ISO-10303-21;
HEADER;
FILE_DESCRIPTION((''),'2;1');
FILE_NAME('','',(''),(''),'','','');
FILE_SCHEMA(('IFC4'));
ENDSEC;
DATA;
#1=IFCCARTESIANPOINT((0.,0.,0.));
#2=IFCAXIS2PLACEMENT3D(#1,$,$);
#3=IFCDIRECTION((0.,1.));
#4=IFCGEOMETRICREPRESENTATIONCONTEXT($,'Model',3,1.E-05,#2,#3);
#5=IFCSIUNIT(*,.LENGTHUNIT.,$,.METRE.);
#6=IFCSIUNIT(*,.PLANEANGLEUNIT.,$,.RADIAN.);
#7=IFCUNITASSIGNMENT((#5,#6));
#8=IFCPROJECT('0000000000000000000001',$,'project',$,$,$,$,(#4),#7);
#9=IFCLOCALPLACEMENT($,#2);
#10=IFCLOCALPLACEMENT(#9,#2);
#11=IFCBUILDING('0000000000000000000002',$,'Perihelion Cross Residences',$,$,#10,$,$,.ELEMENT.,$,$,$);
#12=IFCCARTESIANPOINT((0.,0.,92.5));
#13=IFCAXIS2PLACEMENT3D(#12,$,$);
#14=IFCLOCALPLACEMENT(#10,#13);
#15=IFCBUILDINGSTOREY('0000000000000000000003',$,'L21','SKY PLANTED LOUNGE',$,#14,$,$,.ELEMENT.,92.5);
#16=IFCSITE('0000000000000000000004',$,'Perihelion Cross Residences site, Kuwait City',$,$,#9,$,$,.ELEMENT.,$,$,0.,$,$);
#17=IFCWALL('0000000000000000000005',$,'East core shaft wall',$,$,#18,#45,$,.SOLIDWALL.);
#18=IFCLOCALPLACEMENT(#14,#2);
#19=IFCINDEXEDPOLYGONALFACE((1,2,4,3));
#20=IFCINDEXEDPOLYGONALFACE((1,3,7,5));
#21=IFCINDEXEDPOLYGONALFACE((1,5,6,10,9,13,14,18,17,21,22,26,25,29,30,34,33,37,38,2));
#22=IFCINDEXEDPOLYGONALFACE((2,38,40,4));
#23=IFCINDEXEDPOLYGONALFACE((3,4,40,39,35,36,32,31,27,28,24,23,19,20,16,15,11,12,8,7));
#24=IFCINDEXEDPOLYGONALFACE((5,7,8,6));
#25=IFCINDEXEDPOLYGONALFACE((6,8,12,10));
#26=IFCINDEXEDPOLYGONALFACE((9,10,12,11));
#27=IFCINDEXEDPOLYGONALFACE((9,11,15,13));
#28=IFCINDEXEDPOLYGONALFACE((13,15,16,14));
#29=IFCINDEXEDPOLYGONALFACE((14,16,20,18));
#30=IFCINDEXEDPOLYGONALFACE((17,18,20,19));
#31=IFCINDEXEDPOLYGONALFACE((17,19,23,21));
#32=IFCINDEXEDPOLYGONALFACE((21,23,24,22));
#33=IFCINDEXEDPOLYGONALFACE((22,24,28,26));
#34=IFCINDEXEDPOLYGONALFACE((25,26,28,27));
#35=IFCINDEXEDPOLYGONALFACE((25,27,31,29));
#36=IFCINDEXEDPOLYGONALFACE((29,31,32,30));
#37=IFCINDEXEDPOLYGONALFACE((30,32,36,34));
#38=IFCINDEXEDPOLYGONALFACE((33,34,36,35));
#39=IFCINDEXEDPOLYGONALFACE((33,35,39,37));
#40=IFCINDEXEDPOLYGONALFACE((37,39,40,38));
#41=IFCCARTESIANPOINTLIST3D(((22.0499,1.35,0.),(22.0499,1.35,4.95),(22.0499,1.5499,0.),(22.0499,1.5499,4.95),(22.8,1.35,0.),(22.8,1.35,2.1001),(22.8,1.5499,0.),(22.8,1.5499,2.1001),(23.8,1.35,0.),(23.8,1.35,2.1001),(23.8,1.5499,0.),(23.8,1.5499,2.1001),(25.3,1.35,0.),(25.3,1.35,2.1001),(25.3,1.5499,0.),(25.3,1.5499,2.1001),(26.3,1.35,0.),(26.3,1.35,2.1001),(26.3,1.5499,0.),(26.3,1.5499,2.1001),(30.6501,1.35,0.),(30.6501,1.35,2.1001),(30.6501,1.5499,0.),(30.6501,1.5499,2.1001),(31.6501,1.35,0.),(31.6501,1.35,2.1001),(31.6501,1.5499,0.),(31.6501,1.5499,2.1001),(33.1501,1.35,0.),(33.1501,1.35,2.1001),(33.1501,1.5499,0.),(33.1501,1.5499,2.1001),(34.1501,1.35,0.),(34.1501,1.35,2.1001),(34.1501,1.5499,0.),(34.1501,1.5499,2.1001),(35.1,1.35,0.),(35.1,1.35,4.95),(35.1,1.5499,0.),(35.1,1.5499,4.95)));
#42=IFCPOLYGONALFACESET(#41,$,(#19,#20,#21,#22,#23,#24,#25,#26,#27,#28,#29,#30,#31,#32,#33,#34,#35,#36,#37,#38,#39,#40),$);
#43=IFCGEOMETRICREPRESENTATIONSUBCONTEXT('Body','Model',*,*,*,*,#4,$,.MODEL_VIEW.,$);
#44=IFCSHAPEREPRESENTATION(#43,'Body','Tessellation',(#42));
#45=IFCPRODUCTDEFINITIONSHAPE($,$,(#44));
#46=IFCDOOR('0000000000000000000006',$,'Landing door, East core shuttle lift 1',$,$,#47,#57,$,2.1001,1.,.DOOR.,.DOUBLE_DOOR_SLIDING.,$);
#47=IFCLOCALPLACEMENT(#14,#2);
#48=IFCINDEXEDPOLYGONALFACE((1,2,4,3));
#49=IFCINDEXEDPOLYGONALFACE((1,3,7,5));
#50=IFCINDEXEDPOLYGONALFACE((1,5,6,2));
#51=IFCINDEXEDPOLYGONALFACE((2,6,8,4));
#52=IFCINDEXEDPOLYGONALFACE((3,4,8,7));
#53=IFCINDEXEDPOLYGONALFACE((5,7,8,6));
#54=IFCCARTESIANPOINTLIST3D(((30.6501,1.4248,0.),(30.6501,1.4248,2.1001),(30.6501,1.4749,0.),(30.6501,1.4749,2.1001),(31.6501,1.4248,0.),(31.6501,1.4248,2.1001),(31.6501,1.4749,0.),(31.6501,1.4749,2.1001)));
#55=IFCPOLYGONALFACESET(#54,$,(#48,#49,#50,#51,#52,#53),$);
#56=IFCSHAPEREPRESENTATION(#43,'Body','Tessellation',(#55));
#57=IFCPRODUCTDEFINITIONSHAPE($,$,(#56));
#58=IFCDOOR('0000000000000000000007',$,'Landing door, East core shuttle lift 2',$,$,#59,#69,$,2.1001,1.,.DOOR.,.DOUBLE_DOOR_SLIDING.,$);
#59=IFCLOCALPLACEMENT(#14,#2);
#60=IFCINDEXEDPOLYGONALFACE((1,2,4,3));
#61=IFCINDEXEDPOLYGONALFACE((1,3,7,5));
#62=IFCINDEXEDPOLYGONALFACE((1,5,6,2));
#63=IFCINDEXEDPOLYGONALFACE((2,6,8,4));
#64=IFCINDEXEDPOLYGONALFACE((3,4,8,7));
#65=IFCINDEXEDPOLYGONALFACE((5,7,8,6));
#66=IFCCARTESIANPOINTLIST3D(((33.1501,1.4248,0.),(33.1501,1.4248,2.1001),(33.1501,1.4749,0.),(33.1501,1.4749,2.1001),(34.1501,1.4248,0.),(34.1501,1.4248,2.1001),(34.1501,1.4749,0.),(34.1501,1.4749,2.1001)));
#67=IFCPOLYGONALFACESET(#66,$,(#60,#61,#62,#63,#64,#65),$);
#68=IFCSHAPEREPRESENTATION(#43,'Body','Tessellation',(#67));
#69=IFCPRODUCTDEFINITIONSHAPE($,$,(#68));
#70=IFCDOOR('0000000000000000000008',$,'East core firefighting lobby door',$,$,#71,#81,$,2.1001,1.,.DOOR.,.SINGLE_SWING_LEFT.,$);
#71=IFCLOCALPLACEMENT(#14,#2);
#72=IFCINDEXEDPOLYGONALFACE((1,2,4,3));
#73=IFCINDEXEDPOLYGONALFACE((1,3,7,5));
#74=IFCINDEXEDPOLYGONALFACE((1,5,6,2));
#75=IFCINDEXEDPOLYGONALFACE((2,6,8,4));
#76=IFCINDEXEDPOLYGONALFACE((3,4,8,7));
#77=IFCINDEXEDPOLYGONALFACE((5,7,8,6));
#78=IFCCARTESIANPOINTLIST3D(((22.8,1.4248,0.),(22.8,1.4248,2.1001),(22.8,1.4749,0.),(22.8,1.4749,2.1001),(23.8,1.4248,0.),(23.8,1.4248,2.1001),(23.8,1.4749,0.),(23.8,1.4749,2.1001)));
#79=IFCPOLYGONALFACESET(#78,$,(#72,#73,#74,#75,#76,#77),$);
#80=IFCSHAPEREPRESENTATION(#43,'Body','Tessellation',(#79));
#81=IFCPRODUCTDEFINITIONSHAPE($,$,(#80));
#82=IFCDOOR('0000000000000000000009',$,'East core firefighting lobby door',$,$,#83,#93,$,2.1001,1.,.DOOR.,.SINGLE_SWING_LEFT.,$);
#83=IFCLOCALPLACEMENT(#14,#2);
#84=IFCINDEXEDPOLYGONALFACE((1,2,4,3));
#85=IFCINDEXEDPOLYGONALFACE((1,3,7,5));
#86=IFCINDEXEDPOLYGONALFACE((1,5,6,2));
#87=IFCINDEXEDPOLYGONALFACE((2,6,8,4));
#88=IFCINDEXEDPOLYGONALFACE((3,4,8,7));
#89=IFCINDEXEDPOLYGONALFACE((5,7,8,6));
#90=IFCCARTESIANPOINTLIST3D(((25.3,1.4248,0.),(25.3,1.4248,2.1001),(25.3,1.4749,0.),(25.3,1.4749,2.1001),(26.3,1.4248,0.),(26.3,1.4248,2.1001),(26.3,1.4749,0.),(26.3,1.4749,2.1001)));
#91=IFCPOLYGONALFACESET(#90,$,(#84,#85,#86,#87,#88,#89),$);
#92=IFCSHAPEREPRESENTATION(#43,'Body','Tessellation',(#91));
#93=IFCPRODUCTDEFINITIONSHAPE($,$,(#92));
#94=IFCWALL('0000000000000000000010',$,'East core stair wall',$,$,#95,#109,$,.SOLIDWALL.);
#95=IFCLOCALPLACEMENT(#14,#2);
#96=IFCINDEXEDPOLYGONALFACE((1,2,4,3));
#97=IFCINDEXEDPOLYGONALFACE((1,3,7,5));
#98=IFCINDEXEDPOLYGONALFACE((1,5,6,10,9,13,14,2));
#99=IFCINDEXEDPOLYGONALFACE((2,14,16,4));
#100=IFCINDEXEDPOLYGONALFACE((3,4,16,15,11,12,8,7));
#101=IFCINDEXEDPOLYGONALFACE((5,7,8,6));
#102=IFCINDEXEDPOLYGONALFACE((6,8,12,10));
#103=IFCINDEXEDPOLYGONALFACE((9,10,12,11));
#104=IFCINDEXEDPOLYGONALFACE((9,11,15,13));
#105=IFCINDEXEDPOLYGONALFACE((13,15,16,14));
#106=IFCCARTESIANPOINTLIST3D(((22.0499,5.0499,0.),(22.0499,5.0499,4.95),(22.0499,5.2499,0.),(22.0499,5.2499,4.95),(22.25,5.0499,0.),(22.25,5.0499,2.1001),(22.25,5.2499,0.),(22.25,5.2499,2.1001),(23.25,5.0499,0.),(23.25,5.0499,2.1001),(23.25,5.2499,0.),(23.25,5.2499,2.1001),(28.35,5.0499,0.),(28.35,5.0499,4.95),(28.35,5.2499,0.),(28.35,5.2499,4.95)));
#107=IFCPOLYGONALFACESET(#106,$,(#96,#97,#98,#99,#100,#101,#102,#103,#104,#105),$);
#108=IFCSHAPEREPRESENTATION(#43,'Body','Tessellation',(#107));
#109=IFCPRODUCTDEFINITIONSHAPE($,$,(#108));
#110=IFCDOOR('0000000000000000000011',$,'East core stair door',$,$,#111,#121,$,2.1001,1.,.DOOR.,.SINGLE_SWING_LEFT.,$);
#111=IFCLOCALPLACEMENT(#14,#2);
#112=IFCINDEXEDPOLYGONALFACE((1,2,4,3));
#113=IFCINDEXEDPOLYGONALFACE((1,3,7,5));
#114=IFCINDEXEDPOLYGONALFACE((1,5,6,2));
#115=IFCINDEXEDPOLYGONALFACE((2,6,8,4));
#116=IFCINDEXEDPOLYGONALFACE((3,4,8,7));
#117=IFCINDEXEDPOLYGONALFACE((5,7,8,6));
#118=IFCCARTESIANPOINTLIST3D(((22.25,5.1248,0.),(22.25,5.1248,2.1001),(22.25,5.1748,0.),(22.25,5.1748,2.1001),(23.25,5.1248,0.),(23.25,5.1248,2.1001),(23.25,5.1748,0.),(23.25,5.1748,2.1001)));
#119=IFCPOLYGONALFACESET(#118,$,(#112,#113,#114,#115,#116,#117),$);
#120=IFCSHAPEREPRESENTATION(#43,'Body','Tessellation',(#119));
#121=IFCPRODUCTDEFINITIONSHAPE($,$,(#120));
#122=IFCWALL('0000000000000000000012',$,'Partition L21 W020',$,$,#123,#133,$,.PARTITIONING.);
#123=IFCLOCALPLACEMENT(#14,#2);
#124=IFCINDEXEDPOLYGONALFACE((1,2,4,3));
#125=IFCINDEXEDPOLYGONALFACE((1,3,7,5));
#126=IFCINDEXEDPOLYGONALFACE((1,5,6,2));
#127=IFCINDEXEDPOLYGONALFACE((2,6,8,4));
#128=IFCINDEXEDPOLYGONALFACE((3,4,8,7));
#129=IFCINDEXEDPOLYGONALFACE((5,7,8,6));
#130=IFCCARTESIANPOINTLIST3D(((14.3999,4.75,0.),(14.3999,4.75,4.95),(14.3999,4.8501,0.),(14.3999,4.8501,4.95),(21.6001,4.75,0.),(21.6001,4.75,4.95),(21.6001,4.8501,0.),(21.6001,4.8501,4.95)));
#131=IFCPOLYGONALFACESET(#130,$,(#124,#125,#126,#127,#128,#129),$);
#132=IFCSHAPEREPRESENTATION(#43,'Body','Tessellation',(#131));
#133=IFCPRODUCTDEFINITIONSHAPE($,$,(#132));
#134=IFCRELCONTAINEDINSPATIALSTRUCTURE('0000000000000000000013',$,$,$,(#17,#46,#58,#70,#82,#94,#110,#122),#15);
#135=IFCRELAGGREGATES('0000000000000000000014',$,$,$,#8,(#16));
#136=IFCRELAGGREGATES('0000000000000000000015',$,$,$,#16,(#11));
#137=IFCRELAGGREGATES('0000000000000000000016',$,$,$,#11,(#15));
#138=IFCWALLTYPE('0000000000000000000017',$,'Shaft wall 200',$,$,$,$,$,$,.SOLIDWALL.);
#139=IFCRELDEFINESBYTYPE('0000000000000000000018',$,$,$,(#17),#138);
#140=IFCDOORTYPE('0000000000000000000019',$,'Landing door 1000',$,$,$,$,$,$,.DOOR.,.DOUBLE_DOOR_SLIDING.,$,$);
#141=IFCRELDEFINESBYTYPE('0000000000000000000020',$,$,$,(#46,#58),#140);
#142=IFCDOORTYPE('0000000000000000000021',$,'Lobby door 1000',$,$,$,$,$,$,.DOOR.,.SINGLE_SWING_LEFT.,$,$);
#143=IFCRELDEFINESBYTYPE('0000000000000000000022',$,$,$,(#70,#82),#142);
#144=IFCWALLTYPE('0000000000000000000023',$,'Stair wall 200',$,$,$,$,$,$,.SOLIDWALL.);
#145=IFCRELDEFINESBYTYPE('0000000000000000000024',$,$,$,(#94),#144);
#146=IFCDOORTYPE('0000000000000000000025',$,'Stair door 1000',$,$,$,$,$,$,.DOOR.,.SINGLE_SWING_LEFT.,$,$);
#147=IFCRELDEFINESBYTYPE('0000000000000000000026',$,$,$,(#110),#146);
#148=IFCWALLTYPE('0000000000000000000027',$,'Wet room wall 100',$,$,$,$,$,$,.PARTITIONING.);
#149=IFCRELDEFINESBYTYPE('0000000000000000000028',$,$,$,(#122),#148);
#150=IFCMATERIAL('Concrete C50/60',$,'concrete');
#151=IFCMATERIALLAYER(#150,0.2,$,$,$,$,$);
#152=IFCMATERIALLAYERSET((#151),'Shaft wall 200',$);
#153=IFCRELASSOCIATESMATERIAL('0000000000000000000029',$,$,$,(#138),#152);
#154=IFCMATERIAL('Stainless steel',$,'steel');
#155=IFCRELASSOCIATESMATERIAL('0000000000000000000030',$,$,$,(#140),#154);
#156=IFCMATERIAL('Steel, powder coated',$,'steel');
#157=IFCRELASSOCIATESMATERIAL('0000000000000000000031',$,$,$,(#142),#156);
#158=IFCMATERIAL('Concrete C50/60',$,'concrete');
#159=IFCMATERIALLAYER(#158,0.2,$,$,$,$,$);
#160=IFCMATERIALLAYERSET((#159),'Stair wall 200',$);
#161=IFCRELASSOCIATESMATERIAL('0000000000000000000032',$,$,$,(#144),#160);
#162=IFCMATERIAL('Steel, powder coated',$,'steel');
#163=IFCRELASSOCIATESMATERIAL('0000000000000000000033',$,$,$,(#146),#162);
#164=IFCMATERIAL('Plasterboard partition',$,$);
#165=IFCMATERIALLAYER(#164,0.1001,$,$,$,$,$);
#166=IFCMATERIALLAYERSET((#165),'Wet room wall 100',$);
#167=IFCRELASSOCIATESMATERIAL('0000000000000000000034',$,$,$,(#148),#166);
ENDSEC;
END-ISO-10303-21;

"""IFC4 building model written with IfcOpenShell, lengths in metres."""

from ifc_helpers import new_model, si_unit, direction, frame, frame_2d, origin, place, context, subcontext, project, spatial, rectangle, extrude, material, layer, layer_set, type_object, element, fill, save


model = new_model("IFC4")

# Units and contexts
model_context = context("Model", 3, precision=1e-05, world=origin(), true_north=direction((0.0, 1.0)))
body_context = subcontext(model_context, "Body", "Model", "MODEL_VIEW")
ifc_project = project(units=[si_unit("LENGTHUNIT", "METRE"), si_unit("PLANEANGLEUNIT", "RADIAN")], contexts=[model_context])

# Site, building, storey
site_placement = place(None, origin())
site = spatial("IfcSite", under=ifc_project, at=site_placement, Name="Perihelion Cross Residences site, Kuwait City", CompositionType="ELEMENT", RefElevation=0.0)
building_placement = place(site_placement, origin())
building = spatial("IfcBuilding", under=site, at=building_placement, Name="Perihelion Cross Residences", CompositionType="ELEMENT")
storey_placement = place(building_placement, frame((0.0, 0.0, 92.5)))
storey = spatial("IfcBuildingStorey", under=building, at=storey_placement, Name="L21", Description="SKY PLANTED LOUNGE", CompositionType="ELEMENT", Elevation=92.5)

# Wall, openings, doors
ifc_material_1 = material(Name="Concrete C50/60", Category="concrete")
ifc_layer_1 = layer(ifc_material_1, 0.2)
ifc_layer_set_1 = layer_set([ifc_layer_1], Name="Shaft wall 200")
wall_type_1 = type_object("IfcWallType", Name="Shaft wall 200", PredefinedType="SOLIDWALL", material=ifc_layer_set_1)
wall_1_placement = place(storey_placement, frame((22.05, 1.45, 0.0), z_axis=(0.0, 0.0, 1.0), x_axis=(1.0, 0.0, 0.0)))
wall_1 = element("IfcWall", 1, at=wall_1_placement, inside=storey, type_object=wall_type_1, Name="East core shaft wall", PredefinedType="SOLIDWALL", context=body_context, shape_type="SweptSolid", body=[
    extrude(rectangle(XDim=13.05, YDim=0.2, at=frame_2d((6.5249, 0.0))), origin(), (0.0, 0.0, 1.0), 4.95),
])
opening_1_placement = place(wall_1_placement, frame((8.6001, 0.0, 0.0)))
opening_1 = element("IfcOpeningElement", 2, at=opening_1_placement, cuts=wall_1, PredefinedType="OPENING", context=body_context, shape_type="SweptSolid", body=[
    extrude(rectangle(XDim=1.0, YDim=2.1001, at=frame_2d((0.5, 1.05))), frame((0.0, 0.1099, 0.0), z_axis=(0.0, -1.0, 0.0), x_axis=(1.0, 0.0, 0.0)), (0.0, 0.0, 1.0), 0.22),
])
opening_2_placement = place(wall_1_placement, frame((11.1001, 0.0, 0.0)))
opening_2 = element("IfcOpeningElement", 3, at=opening_2_placement, cuts=wall_1, PredefinedType="OPENING", context=body_context, shape_type="SweptSolid", body=[
    extrude(rectangle(XDim=1.0, YDim=2.1001, at=frame_2d((0.5, 1.05))), frame((0.0, 0.1099, 0.0), z_axis=(0.0, -1.0, 0.0), x_axis=(1.0, 0.0, 0.0)), (0.0, 0.0, 1.0), 0.22),
])
opening_3_placement = place(wall_1_placement, frame((0.75, 0.0, 0.0)))
opening_3 = element("IfcOpeningElement", 4, at=opening_3_placement, cuts=wall_1, PredefinedType="OPENING", context=body_context, shape_type="SweptSolid", body=[
    extrude(rectangle(XDim=1.0, YDim=2.1001, at=frame_2d((0.5, 1.05))), frame((0.0, 0.1099, 0.0), z_axis=(0.0, -1.0, 0.0), x_axis=(1.0, 0.0, 0.0)), (0.0, 0.0, 1.0), 0.22),
])
opening_4_placement = place(wall_1_placement, frame((3.25, 0.0, 0.0)))
opening_4 = element("IfcOpeningElement", 5, at=opening_4_placement, cuts=wall_1, PredefinedType="OPENING", context=body_context, shape_type="SweptSolid", body=[
    extrude(rectangle(XDim=1.0, YDim=2.1001, at=frame_2d((0.5, 1.05))), frame((0.0, 0.1099, 0.0), z_axis=(0.0, -1.0, 0.0), x_axis=(1.0, 0.0, 0.0)), (0.0, 0.0, 1.0), 0.22),
])
ifc_material_2 = material(Name="Stainless steel", Category="steel")
door_type_1 = type_object("IfcDoorType", Name="Landing door 1000", OperationType="DOUBLE_DOOR_SLIDING", PredefinedType="DOOR", material=ifc_material_2)
door_1_placement = place(opening_1_placement, origin())
door_1 = element("IfcDoor", 6, at=door_1_placement, inside=storey, type_object=door_type_1, Name="Landing door, East core shuttle lift 1", OperationType="DOUBLE_DOOR_SLIDING", OverallHeight=2.1001, OverallWidth=1.0, PredefinedType="DOOR", context=body_context, shape_type="SweptSolid", body=[
    extrude(rectangle(XDim=1.0, YDim=2.1001, at=frame_2d((0.5, 1.05))), frame((0.0, 0.0249, 0.0), z_axis=(0.0, -1.0, 0.0), x_axis=(1.0, 0.0, 0.0)), (0.0, 0.0, 1.0), 0.05),
])
fill(opening_1, door_1)
door_2_placement = place(opening_2_placement, origin())
door_2 = element("IfcDoor", 7, at=door_2_placement, inside=storey, type_object=door_type_1, Name="Landing door, East core shuttle lift 2", OperationType="DOUBLE_DOOR_SLIDING", OverallHeight=2.1001, OverallWidth=1.0, PredefinedType="DOOR", context=body_context, shape_type="SweptSolid", body=[
    extrude(rectangle(XDim=1.0, YDim=2.1001, at=frame_2d((0.5, 1.05))), frame((0.0, 0.0249, 0.0), z_axis=(0.0, -1.0, 0.0), x_axis=(1.0, 0.0, 0.0)), (0.0, 0.0, 1.0), 0.05),
])
fill(opening_2, door_2)
ifc_material_3 = material(Name="Steel, powder coated", Category="steel")
door_type_2 = type_object("IfcDoorType", Name="Lobby door 1000", OperationType="SINGLE_SWING_LEFT", PredefinedType="DOOR", material=ifc_material_3)
door_3_placement = place(opening_3_placement, origin())
door_3 = element("IfcDoor", 8, at=door_3_placement, inside=storey, type_object=door_type_2, Name="East core firefighting lobby door", OperationType="SINGLE_SWING_LEFT", OverallHeight=2.1001, OverallWidth=1.0, PredefinedType="DOOR", context=body_context, shape_type="SweptSolid", body=[
    extrude(rectangle(XDim=1.0, YDim=2.1001, at=frame_2d((0.5, 1.05))), frame((0.0, 0.0249, 0.0), z_axis=(0.0, -1.0, 0.0), x_axis=(1.0, 0.0, 0.0)), (0.0, 0.0, 1.0), 0.05),
])
fill(opening_3, door_3)
door_4_placement = place(opening_4_placement, origin())
door_4 = element("IfcDoor", 9, at=door_4_placement, inside=storey, type_object=door_type_2, Name="East core firefighting lobby door", OperationType="SINGLE_SWING_LEFT", OverallHeight=2.1001, OverallWidth=1.0, PredefinedType="DOOR", context=body_context, shape_type="SweptSolid", body=[
    extrude(rectangle(XDim=1.0, YDim=2.1001, at=frame_2d((0.5, 1.05))), frame((0.0, 0.0249, 0.0), z_axis=(0.0, -1.0, 0.0), x_axis=(1.0, 0.0, 0.0)), (0.0, 0.0, 1.0), 0.05),
])
fill(opening_4, door_4)

# Wall, opening, door
ifc_material_4 = material(Name="Concrete C50/60", Category="concrete")
ifc_layer_2 = layer(ifc_material_4, 0.2)
ifc_layer_set_2 = layer_set([ifc_layer_2], Name="Stair wall 200")
wall_type_2 = type_object("IfcWallType", Name="Stair wall 200", PredefinedType="SOLIDWALL", material=ifc_layer_set_2)
wall_2_placement = place(storey_placement, frame((22.05, 5.1499, 0.0), z_axis=(0.0, 0.0, 1.0), x_axis=(1.0, 0.0, 0.0)))
wall_2 = element("IfcWall", 10, at=wall_2_placement, inside=storey, type_object=wall_type_2, Name="East core stair wall", PredefinedType="SOLIDWALL", context=body_context, shape_type="SweptSolid", body=[
    extrude(rectangle(XDim=6.3, YDim=0.2, at=frame_2d((3.1499, 0.0))), origin(), (0.0, 0.0, 1.0), 4.95),
])
opening_5_placement = place(wall_2_placement, frame((0.2, 0.0, 0.0)))
opening_5 = element("IfcOpeningElement", 11, at=opening_5_placement, cuts=wall_2, PredefinedType="OPENING", context=body_context, shape_type="SweptSolid", body=[
    extrude(rectangle(XDim=1.0, YDim=2.1001, at=frame_2d((0.5, 1.05))), frame((0.0, 0.1099, 0.0), z_axis=(0.0, -1.0, 0.0), x_axis=(1.0, 0.0, 0.0)), (0.0, 0.0, 1.0), 0.22),
])
ifc_material_5 = material(Name="Steel, powder coated", Category="steel")
door_type_3 = type_object("IfcDoorType", Name="Stair door 1000", OperationType="SINGLE_SWING_LEFT", PredefinedType="DOOR", material=ifc_material_5)
door_5_placement = place(opening_5_placement, origin())
door_5 = element("IfcDoor", 12, at=door_5_placement, inside=storey, type_object=door_type_3, Name="East core stair door", OperationType="SINGLE_SWING_LEFT", OverallHeight=2.1001, OverallWidth=1.0, PredefinedType="DOOR", context=body_context, shape_type="SweptSolid", body=[
    extrude(rectangle(XDim=1.0, YDim=2.1001, at=frame_2d((0.5, 1.05))), frame((0.0, 0.0249, 0.0), z_axis=(0.0, -1.0, 0.0), x_axis=(1.0, 0.0, 0.0)), (0.0, 0.0, 1.0), 0.05),
])
fill(opening_5, door_5)

# Wall
ifc_material_6 = material(Name="Plasterboard partition")
ifc_layer_3 = layer(ifc_material_6, 0.1001)
ifc_layer_set_3 = layer_set([ifc_layer_3], Name="Wet room wall 100")
wall_type_3 = type_object("IfcWallType", Name="Wet room wall 100", PredefinedType="PARTITIONING", material=ifc_layer_set_3)
wall_3_placement = place(storey_placement, frame((21.6001, 4.8, 0.0), z_axis=(0.0, 0.0, 1.0), x_axis=(-1.0, 0.0, 0.0)))
element("IfcWall", 13, at=wall_3_placement, inside=storey, type_object=wall_type_3, Name="Partition L21 W020", PredefinedType="PARTITIONING", context=body_context, shape_type="SweptSolid", body=[
    extrude(rectangle(XDim=7.2002, YDim=0.1001, at=frame_2d((3.6001, 0.0))), origin(), (0.0, 0.0, 1.0), 4.95),
])

save(model, "model.ifc")
